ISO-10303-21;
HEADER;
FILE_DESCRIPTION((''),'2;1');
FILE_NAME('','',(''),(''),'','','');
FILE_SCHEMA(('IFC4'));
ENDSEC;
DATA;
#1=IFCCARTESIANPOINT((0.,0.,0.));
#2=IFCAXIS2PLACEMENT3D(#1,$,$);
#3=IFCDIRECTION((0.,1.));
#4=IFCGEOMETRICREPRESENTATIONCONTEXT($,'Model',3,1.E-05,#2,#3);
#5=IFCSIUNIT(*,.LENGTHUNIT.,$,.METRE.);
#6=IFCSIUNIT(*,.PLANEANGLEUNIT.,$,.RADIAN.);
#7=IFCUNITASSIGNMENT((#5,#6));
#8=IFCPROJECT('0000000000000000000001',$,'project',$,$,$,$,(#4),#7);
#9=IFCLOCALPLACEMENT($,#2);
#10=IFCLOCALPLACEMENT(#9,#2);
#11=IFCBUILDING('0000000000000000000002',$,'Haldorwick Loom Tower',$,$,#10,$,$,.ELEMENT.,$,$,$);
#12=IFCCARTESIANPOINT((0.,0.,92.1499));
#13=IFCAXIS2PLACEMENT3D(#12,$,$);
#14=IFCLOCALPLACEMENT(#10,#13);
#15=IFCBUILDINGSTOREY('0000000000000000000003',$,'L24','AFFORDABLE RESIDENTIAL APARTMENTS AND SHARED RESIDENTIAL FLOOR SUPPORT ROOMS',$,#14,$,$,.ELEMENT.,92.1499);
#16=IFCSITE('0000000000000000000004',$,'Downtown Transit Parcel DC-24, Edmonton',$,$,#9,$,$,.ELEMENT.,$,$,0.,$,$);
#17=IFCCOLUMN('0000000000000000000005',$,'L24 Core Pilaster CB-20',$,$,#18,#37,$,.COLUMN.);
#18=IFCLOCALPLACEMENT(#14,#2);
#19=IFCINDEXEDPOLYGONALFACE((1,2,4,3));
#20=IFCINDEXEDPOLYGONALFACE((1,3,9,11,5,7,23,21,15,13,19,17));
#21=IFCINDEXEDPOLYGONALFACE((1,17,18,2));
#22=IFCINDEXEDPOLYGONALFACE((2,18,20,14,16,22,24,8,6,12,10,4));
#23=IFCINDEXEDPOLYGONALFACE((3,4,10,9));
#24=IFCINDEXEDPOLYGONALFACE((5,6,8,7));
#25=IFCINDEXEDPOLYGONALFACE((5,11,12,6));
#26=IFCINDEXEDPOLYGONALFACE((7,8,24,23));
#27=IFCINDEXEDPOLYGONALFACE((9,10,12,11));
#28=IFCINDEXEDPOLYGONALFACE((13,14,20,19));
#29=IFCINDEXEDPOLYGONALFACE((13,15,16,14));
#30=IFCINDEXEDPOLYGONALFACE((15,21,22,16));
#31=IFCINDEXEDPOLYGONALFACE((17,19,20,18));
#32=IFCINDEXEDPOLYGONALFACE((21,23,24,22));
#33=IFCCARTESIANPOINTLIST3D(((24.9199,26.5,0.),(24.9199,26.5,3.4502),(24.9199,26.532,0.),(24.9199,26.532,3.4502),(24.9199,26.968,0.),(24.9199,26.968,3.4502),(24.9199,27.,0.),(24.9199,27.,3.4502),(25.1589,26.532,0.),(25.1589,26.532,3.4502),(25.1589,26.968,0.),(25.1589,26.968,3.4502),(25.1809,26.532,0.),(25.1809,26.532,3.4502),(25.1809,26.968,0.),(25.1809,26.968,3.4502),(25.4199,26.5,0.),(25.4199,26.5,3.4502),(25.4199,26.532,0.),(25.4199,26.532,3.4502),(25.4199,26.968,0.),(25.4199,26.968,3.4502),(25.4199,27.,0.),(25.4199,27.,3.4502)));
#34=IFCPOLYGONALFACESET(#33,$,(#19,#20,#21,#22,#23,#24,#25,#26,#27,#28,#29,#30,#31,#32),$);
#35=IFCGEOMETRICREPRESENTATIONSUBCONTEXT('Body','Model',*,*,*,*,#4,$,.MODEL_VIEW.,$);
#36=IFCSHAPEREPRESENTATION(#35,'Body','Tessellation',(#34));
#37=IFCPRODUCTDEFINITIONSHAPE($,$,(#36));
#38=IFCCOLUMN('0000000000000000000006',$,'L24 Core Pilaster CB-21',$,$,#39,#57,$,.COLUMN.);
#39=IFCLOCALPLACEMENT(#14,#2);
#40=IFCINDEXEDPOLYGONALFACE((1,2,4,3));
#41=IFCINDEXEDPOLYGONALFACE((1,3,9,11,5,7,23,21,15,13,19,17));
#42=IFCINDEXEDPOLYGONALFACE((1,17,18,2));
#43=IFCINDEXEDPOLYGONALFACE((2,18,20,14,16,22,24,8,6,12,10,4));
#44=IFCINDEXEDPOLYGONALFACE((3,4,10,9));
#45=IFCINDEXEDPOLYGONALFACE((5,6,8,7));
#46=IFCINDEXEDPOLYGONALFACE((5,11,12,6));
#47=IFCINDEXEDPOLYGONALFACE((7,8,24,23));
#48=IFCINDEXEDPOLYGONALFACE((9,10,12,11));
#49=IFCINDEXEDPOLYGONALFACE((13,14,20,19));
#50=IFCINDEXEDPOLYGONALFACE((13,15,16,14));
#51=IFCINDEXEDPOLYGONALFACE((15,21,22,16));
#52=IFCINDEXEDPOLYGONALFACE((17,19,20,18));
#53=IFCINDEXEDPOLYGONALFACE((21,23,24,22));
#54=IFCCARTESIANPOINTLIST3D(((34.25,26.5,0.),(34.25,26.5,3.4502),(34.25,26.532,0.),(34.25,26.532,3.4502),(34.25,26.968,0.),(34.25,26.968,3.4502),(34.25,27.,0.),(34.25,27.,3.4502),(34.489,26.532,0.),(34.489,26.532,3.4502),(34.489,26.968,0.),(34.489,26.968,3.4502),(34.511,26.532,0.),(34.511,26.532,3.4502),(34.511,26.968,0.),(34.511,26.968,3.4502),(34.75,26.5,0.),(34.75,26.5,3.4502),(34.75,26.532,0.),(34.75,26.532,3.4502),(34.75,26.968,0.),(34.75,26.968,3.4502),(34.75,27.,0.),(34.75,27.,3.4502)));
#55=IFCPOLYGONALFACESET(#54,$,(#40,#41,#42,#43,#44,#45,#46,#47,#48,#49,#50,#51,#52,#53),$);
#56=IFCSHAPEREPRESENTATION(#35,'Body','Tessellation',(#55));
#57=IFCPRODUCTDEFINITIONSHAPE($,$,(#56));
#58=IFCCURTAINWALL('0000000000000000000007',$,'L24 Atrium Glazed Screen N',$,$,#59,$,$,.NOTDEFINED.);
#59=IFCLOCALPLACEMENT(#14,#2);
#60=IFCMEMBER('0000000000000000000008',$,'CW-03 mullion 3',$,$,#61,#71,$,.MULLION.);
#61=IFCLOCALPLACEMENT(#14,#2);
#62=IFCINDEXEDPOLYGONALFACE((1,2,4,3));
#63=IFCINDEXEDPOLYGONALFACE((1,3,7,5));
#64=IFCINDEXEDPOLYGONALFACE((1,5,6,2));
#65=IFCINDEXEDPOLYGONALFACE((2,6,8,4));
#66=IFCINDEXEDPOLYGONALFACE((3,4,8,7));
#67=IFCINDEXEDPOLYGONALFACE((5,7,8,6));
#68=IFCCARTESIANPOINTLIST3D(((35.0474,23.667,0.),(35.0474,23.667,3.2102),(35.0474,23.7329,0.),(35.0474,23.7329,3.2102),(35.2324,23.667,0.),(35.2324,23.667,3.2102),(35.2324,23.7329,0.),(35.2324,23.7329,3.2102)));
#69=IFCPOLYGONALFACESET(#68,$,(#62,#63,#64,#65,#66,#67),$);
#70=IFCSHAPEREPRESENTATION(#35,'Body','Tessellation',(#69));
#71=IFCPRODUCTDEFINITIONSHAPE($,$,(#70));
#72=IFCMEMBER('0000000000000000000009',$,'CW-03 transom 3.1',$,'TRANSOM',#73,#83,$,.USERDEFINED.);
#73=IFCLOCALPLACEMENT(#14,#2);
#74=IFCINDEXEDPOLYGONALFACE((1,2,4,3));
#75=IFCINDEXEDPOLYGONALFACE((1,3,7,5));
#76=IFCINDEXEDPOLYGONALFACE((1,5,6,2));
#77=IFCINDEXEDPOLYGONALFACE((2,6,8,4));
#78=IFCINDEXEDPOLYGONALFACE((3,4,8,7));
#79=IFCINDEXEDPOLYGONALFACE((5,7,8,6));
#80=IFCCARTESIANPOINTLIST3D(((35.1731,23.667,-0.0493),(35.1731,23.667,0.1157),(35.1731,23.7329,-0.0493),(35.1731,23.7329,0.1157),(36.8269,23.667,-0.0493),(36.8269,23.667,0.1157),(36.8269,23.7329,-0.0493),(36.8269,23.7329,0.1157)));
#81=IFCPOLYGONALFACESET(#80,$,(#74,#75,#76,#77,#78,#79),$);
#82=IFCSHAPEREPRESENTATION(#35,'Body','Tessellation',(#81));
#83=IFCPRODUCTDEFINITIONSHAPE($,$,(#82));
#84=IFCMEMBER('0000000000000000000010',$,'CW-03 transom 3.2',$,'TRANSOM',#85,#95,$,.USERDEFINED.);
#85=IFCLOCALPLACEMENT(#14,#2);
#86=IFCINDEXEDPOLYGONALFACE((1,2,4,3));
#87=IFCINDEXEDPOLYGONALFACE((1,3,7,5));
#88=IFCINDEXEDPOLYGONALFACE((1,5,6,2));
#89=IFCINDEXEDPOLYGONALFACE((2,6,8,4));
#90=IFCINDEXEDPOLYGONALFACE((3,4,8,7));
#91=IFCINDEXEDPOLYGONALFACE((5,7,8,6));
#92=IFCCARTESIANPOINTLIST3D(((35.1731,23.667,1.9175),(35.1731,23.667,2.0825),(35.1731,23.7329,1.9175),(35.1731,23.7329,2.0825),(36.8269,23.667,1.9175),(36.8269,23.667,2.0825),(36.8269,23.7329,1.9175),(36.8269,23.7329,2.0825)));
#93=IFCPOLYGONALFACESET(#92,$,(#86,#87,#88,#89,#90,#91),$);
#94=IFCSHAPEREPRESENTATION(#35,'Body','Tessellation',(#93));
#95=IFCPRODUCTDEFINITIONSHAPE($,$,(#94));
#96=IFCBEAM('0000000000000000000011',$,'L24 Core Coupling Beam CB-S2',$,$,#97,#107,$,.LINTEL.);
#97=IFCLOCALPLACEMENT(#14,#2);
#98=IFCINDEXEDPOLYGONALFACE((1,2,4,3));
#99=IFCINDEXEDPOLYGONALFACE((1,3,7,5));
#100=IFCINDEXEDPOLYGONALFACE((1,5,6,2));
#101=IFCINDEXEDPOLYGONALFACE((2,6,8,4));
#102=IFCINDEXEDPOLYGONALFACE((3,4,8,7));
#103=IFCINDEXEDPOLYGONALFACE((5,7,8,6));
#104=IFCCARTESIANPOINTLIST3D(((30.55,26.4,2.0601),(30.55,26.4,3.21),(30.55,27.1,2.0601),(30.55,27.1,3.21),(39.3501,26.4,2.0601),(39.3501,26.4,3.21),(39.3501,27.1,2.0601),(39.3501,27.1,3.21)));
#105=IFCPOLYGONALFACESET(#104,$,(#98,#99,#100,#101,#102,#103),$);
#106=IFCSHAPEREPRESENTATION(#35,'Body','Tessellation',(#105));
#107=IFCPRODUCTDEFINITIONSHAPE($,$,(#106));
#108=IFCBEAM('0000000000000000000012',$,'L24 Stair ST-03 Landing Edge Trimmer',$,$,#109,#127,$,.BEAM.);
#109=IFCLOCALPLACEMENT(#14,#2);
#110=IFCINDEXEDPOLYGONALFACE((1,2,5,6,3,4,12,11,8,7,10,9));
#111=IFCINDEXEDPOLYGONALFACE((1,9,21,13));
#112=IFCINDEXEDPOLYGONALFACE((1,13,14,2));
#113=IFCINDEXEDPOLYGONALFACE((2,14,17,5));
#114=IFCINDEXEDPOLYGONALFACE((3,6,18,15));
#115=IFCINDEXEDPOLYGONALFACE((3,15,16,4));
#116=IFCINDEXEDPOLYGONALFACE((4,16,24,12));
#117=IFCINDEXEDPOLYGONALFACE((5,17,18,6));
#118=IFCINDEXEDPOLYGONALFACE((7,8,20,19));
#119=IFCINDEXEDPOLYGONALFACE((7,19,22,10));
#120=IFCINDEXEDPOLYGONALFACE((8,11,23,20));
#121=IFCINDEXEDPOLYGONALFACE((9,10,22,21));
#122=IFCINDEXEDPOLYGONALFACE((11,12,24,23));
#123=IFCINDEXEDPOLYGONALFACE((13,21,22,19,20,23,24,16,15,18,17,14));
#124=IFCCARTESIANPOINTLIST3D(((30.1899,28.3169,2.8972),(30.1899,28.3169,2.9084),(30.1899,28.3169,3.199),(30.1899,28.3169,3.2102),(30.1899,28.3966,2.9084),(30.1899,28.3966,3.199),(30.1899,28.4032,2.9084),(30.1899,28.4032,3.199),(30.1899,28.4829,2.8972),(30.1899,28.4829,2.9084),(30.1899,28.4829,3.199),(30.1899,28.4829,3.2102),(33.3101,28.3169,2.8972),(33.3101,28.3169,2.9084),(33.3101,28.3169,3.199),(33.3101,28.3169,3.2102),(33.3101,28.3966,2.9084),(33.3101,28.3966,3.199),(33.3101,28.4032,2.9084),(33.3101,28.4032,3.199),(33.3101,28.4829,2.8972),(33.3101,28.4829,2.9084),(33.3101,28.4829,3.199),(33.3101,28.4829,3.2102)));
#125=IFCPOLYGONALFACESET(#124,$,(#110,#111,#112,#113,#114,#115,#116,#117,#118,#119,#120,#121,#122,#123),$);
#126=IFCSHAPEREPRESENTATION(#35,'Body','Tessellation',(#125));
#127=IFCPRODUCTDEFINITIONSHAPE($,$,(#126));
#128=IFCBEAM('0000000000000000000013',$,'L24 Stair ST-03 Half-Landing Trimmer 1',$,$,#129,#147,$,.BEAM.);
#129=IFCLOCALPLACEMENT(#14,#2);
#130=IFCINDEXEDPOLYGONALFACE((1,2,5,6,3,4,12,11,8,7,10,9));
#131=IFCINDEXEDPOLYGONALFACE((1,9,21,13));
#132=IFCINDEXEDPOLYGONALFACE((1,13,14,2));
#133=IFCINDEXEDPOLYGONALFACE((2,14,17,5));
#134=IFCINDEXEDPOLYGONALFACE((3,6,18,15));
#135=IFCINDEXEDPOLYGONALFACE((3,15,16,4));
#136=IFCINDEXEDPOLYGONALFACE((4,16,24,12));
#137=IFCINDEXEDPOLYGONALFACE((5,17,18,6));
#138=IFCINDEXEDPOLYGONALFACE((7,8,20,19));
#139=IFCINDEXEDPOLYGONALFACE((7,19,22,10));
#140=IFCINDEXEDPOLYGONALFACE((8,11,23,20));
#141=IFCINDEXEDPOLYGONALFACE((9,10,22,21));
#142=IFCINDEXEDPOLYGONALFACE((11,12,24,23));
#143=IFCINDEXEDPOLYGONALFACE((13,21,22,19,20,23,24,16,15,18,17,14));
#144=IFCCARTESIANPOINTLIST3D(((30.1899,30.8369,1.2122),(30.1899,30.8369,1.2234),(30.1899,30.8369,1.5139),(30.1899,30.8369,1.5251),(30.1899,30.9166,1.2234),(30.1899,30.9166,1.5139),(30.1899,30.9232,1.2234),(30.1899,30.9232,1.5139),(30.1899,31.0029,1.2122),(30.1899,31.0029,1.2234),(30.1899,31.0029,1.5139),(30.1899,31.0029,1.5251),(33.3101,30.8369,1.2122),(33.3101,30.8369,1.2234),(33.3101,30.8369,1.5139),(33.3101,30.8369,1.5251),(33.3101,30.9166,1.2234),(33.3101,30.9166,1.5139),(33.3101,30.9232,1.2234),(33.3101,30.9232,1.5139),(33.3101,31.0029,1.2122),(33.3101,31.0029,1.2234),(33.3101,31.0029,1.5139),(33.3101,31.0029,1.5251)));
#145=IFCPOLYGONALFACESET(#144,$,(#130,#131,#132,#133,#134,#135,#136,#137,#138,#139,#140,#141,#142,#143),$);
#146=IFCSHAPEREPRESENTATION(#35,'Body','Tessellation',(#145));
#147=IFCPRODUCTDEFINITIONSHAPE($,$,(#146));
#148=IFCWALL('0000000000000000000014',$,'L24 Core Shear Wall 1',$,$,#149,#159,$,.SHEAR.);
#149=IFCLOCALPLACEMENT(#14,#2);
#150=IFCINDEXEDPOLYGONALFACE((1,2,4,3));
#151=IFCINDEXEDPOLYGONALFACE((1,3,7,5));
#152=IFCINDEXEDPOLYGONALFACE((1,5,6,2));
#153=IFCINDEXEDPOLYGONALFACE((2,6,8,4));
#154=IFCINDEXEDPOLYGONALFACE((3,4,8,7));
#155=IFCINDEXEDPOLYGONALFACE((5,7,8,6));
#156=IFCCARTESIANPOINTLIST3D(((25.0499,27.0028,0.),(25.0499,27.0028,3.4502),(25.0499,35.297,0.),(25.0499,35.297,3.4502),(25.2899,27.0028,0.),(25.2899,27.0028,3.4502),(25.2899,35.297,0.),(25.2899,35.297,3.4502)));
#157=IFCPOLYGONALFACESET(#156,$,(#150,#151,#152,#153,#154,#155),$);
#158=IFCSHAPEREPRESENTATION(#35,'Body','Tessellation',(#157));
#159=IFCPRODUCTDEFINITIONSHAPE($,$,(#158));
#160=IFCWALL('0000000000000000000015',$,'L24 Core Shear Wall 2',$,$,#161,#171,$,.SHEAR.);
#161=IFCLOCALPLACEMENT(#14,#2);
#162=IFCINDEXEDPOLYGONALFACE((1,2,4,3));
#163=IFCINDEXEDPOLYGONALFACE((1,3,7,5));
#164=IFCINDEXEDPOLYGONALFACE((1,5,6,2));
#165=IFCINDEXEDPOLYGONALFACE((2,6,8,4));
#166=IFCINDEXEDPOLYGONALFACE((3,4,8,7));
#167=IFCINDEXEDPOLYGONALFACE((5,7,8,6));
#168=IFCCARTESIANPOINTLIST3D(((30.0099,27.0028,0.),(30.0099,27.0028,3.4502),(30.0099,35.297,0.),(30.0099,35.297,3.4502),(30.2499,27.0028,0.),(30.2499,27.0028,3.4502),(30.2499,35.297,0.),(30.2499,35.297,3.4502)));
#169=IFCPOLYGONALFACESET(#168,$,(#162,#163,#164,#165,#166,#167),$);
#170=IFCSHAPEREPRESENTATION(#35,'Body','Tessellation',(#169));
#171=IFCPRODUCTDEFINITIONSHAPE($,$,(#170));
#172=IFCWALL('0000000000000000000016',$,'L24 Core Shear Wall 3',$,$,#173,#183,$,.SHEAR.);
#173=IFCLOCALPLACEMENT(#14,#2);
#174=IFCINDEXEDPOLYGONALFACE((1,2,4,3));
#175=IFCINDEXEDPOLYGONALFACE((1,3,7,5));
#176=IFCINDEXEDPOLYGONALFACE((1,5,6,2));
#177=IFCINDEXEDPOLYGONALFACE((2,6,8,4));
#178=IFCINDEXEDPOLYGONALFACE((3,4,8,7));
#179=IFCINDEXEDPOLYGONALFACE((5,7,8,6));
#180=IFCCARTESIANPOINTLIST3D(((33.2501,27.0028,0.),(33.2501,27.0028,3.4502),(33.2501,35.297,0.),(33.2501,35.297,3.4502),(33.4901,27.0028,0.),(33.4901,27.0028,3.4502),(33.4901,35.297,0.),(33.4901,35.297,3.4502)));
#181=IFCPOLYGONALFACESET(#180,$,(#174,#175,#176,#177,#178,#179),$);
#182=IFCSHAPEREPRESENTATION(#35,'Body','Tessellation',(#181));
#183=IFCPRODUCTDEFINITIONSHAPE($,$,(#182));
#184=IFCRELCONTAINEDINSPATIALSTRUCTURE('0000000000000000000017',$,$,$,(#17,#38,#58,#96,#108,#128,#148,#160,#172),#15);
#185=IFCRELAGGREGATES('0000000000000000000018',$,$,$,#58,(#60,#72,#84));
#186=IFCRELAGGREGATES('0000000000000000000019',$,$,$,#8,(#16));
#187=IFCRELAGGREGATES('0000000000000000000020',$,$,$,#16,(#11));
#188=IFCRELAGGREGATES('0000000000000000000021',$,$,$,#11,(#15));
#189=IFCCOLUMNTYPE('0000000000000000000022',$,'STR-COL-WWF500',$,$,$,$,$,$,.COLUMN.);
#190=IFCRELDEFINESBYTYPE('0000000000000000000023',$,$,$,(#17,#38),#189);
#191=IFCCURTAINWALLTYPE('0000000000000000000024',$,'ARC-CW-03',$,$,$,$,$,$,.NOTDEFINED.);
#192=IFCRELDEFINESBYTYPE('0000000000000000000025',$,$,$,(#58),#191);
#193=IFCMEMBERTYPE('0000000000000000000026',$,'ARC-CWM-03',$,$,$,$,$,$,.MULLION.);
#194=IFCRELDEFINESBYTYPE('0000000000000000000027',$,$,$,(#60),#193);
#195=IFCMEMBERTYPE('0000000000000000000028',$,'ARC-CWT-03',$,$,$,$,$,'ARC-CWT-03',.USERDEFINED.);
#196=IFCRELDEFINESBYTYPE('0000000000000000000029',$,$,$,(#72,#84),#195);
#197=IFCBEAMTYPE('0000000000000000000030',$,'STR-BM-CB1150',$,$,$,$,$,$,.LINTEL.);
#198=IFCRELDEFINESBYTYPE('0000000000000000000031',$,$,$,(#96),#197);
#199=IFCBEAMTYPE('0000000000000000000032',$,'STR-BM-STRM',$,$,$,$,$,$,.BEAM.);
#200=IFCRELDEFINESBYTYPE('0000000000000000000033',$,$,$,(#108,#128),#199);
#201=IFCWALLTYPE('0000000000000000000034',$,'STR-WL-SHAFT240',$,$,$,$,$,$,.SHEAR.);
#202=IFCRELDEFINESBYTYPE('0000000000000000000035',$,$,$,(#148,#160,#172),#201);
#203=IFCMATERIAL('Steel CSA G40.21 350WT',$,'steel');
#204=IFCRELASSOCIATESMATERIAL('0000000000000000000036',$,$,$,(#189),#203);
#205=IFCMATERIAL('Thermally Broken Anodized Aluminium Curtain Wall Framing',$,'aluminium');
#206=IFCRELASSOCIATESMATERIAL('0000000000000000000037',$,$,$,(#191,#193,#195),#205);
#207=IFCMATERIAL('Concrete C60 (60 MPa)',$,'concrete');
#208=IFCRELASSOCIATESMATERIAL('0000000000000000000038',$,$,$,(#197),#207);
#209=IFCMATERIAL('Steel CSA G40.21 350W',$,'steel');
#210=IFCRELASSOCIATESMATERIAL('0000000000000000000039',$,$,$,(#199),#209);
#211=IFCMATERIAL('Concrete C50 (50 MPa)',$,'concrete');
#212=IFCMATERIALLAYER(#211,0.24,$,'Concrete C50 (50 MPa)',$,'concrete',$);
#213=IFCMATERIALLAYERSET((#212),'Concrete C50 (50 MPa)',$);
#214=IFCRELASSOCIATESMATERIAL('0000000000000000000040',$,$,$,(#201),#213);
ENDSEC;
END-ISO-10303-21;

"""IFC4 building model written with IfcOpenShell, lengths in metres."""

from ifc_helpers import new_model, si_unit, direction, frame, frame_2d, origin, origin_2d, place, context, subcontext, project, spatial, rectangle, i_section, extrude, material, layer, layer_set, material_profile, profile_set, type_object, element, aggregate, save


model = new_model("IFC4")

# Units and contexts
model_context = context("Model", 3, precision=1e-05, world=origin(), true_north=direction((0.0, 1.0)))
body_context = subcontext(model_context, "Body", "Model", "MODEL_VIEW")
ifc_project = project(units=[si_unit("LENGTHUNIT", "METRE"), si_unit("PLANEANGLEUNIT", "RADIAN")], contexts=[model_context])

# Site, building, storey
site_placement = place(None, origin())
site = spatial("IfcSite", under=ifc_project, at=site_placement, Name="Downtown Transit Parcel DC-24, Edmonton", CompositionType="ELEMENT", RefElevation=0.0)
building_placement = place(site_placement, origin())
building = spatial("IfcBuilding", under=site, at=building_placement, Name="Haldorwick Loom Tower", CompositionType="ELEMENT")
storey_placement = place(building_placement, frame((0.0, 0.0, 92.1499)))
storey = spatial("IfcBuildingStorey", under=building, at=storey_placement, Name="L24", Description="AFFORDABLE RESIDENTIAL APARTMENTS AND SHARED RESIDENTIAL FLOOR SUPPORT ROOMS", CompositionType="ELEMENT", Elevation=92.1499)

# Columns
ifc_material_1 = material(Name="Steel CSA G40.21 350WT", Category="steel")
ifc_material_profile_1 = material_profile(ifc_material_1, i_section(OverallWidth=0.5, OverallDepth=0.5, WebThickness=0.022, FlangeThickness=0.032, at=origin_2d()), Name="WWF500X500", Category="steel")
ifc_profile_set_1 = profile_set([ifc_material_profile_1], Name="Steel CSA G40.21 350WT")
column_type = type_object("IfcColumnType", Name="STR-COL-WWF500", PredefinedType="COLUMN", material=ifc_profile_set_1)
for number, where, z_axis, x_axis, name in (
    (1, (25.1699, 26.75, 0.0), (0.0, 0.0, 1.0), (1.0, 0.0, 0.0), "L24 Core Pilaster CB-20"),
    (2, (34.5, 26.75, 0.0), (0.0, 0.0, 1.0), (1.0, 0.0, 0.0), "L24 Core Pilaster CB-21"),
):
    element("IfcColumn", number, at=place(storey_placement, frame(where, z_axis=z_axis, x_axis=x_axis)), inside=storey, type_object=column_type, Name=name, PredefinedType="COLUMN", context=body_context, shape_type="SweptSolid", body=[
        extrude(i_section(OverallWidth=0.5, OverallDepth=0.5, WebThickness=0.022, FlangeThickness=0.032, at=origin_2d()), origin(), (0.0, 0.0, 1.0), 3.4502),
    ])

# Curtain wall, members
ifc_material_2 = material(Name="Thermally Broken Anodized Aluminium Curtain Wall Framing", Category="aluminium")
curtain_wall_type = type_object("IfcCurtainWallType", Name="ARC-CW-03", PredefinedType="NOTDEFINED", material=ifc_material_2)
curtain_wall_placement = place(storey_placement, origin())
curtain_wall = element("IfcCurtainWall", 3, at=curtain_wall_placement, inside=storey, type_object=curtain_wall_type, Name="L24 Atrium Glazed Screen N", PredefinedType="NOTDEFINED")
ifc_material_profile_2 = material_profile(ifc_material_2, rectangle(XDim=0.0659, YDim=0.1851, at=origin_2d()), Name="ALU_MUL_66X185", Category="aluminium")
ifc_profile_set_2 = profile_set([ifc_material_profile_2], Name="Thermally Broken Anodized Aluminium Curtain Wall Framing")
member_type_1 = type_object("IfcMemberType", Name="ARC-CWM-03", PredefinedType="MULLION", material=ifc_profile_set_2)
member_1_placement = place(storey_placement, frame((35.1399, 23.7, 0.0), z_axis=(0.0, 0.0, 1.0), x_axis=(0.0, 1.0, 0.0)))
member_1 = element("IfcMember", 4, at=member_1_placement, type_object=member_type_1, Name="CW-03 mullion 3", PredefinedType="MULLION", context=body_context, shape_type="SweptSolid", body=[
    extrude(rectangle(XDim=0.0659, YDim=0.1851, at=origin_2d()), origin(), (0.0, 0.0, 1.0), 3.2102),
])
ifc_material_profile_3 = material_profile(ifc_material_2, rectangle(XDim=0.0659, YDim=0.165, at=origin_2d()), Name="ALU_TRN_66X165", Category="aluminium")
ifc_profile_set_3 = profile_set([ifc_material_profile_3], Name="Thermally Broken Anodized Aluminium Curtain Wall Framing")
member_type_2 = type_object("IfcMemberType", Name="ARC-CWT-03", ElementType="ARC-CWT-03", PredefinedType="USERDEFINED", material=ifc_profile_set_3)
member_2_placement = place(storey_placement, frame((35.1731, 23.7, 0.0332), z_axis=(1.0, 0.0, 0.0), x_axis=(0.0, 1.0, 0.0)))
member_2 = element("IfcMember", 5, at=member_2_placement, type_object=member_type_2, Name="CW-03 transom 3.1", ObjectType="TRANSOM", PredefinedType="USERDEFINED", context=body_context, shape_type="SweptSolid", body=[
    extrude(rectangle(XDim=0.0659, YDim=0.165, at=origin_2d()), origin(), (0.0, 0.0, 1.0), 1.6538),
])
member_3_placement = place(storey_placement, frame((35.1731, 23.7, 2.0), z_axis=(1.0, 0.0, 0.0), x_axis=(0.0, 1.0, 0.0)))
member_3 = element("IfcMember", 6, at=member_3_placement, type_object=member_type_2, Name="CW-03 transom 3.2", ObjectType="TRANSOM", PredefinedType="USERDEFINED", context=body_context, shape_type="SweptSolid", body=[
    extrude(rectangle(XDim=0.0659, YDim=0.165, at=origin_2d()), origin(), (0.0, 0.0, 1.0), 1.6538),
])
aggregate(curtain_wall, [member_1, member_2, member_3])

# Beams
ifc_material_3 = material(Name="Concrete C60 (60 MPa)", Category="concrete")
ifc_material_profile_4 = material_profile(ifc_material_3, rectangle(XDim=0.7, YDim=1.1499, at=origin_2d()), Name="RC700X1150", Category="concrete")
ifc_profile_set_4 = profile_set([ifc_material_profile_4], Name="Concrete C60 (60 MPa)")
beam_type_1 = type_object("IfcBeamType", Name="STR-BM-CB1150", PredefinedType="LINTEL", material=ifc_profile_set_4)
beam_placement = place(storey_placement, frame((30.55, 26.75, 2.635), z_axis=(1.0, 0.0, 0.0), x_axis=(0.0, 1.0, 0.0)))
element("IfcBeam", 7, at=beam_placement, inside=storey, type_object=beam_type_1, Name="L24 Core Coupling Beam CB-S2", PredefinedType="LINTEL", context=body_context, shape_type="SweptSolid", body=[
    extrude(rectangle(XDim=0.7, YDim=1.1499, at=origin_2d()), origin(), (0.0, 0.0, 1.0), 8.8),
])
ifc_material_4 = material(Name="Steel CSA G40.21 350W", Category="steel")
ifc_material_profile_5 = material_profile(ifc_material_4, i_section(OverallWidth=0.166, OverallDepth=0.313, WebThickness=0.0066, FlangeThickness=0.0112, at=origin_2d()), Name="W310X45", Category="steel")
ifc_profile_set_5 = profile_set([ifc_material_profile_5], Name="Steel CSA G40.21 350W")
beam_type_2 = type_object("IfcBeamType", Name="STR-BM-STRM", PredefinedType="BEAM", material=ifc_profile_set_5)
for number, where, z_axis, x_axis, name in (
    (8, (30.1899, 28.3999, 3.0537), (1.0, 0.0, 0.0), (0.0, 1.0, 0.0), "L24 Stair ST-03 Landing Edge Trimmer"),
    (9, (30.1899, 30.9199, 1.3687), (1.0, 0.0, 0.0), (0.0, 1.0, 0.0), "L24 Stair ST-03 Half-Landing Trimmer 1"),
):
    element("IfcBeam", number, at=place(storey_placement, frame(where, z_axis=z_axis, x_axis=x_axis)), inside=storey, type_object=beam_type_2, Name=name, PredefinedType="BEAM", context=body_context, shape_type="SweptSolid", body=[
        extrude(i_section(OverallWidth=0.166, OverallDepth=0.313, WebThickness=0.0066, FlangeThickness=0.0112, at=origin_2d()), origin(), (0.0, 0.0, 1.0), 3.1201),
    ])

# Walls
ifc_material_5 = material(Name="Concrete C50 (50 MPa)", Category="concrete")
ifc_layer = layer(ifc_material_5, 0.24, Name="Concrete C50 (50 MPa)", Category="concrete")
ifc_layer_set = layer_set([ifc_layer], Name="Concrete C50 (50 MPa)")
wall_type = type_object("IfcWallType", Name="STR-WL-SHAFT240", PredefinedType="SHEAR", material=ifc_layer_set)
for number, where, z_axis, x_axis, name in (
    (10, (25.1699, 27.0029, 0.0), (0.0, 0.0, 1.0), (0.0, 1.0, 0.0), "L24 Core Shear Wall 1"),
    (11, (30.1299, 27.0029, 0.0), (0.0, 0.0, 1.0), (0.0, 1.0, 0.0), "L24 Core Shear Wall 2"),
    (12, (33.3701, 27.0029, 0.0), (0.0, 0.0, 1.0), (0.0, 1.0, 0.0), "L24 Core Shear Wall 3"),
):
    element("IfcWall", number, at=place(storey_placement, frame(where, z_axis=z_axis, x_axis=x_axis)), inside=storey, type_object=wall_type, Name=name, PredefinedType="SHEAR", context=body_context, shape_type="SweptSolid", body=[
        extrude(rectangle(XDim=8.2942, YDim=0.24, at=frame_2d((4.147, 0.0))), origin(), (0.0, 0.0, 1.0), 3.4502),
    ])

save(model, "model.ifc")
